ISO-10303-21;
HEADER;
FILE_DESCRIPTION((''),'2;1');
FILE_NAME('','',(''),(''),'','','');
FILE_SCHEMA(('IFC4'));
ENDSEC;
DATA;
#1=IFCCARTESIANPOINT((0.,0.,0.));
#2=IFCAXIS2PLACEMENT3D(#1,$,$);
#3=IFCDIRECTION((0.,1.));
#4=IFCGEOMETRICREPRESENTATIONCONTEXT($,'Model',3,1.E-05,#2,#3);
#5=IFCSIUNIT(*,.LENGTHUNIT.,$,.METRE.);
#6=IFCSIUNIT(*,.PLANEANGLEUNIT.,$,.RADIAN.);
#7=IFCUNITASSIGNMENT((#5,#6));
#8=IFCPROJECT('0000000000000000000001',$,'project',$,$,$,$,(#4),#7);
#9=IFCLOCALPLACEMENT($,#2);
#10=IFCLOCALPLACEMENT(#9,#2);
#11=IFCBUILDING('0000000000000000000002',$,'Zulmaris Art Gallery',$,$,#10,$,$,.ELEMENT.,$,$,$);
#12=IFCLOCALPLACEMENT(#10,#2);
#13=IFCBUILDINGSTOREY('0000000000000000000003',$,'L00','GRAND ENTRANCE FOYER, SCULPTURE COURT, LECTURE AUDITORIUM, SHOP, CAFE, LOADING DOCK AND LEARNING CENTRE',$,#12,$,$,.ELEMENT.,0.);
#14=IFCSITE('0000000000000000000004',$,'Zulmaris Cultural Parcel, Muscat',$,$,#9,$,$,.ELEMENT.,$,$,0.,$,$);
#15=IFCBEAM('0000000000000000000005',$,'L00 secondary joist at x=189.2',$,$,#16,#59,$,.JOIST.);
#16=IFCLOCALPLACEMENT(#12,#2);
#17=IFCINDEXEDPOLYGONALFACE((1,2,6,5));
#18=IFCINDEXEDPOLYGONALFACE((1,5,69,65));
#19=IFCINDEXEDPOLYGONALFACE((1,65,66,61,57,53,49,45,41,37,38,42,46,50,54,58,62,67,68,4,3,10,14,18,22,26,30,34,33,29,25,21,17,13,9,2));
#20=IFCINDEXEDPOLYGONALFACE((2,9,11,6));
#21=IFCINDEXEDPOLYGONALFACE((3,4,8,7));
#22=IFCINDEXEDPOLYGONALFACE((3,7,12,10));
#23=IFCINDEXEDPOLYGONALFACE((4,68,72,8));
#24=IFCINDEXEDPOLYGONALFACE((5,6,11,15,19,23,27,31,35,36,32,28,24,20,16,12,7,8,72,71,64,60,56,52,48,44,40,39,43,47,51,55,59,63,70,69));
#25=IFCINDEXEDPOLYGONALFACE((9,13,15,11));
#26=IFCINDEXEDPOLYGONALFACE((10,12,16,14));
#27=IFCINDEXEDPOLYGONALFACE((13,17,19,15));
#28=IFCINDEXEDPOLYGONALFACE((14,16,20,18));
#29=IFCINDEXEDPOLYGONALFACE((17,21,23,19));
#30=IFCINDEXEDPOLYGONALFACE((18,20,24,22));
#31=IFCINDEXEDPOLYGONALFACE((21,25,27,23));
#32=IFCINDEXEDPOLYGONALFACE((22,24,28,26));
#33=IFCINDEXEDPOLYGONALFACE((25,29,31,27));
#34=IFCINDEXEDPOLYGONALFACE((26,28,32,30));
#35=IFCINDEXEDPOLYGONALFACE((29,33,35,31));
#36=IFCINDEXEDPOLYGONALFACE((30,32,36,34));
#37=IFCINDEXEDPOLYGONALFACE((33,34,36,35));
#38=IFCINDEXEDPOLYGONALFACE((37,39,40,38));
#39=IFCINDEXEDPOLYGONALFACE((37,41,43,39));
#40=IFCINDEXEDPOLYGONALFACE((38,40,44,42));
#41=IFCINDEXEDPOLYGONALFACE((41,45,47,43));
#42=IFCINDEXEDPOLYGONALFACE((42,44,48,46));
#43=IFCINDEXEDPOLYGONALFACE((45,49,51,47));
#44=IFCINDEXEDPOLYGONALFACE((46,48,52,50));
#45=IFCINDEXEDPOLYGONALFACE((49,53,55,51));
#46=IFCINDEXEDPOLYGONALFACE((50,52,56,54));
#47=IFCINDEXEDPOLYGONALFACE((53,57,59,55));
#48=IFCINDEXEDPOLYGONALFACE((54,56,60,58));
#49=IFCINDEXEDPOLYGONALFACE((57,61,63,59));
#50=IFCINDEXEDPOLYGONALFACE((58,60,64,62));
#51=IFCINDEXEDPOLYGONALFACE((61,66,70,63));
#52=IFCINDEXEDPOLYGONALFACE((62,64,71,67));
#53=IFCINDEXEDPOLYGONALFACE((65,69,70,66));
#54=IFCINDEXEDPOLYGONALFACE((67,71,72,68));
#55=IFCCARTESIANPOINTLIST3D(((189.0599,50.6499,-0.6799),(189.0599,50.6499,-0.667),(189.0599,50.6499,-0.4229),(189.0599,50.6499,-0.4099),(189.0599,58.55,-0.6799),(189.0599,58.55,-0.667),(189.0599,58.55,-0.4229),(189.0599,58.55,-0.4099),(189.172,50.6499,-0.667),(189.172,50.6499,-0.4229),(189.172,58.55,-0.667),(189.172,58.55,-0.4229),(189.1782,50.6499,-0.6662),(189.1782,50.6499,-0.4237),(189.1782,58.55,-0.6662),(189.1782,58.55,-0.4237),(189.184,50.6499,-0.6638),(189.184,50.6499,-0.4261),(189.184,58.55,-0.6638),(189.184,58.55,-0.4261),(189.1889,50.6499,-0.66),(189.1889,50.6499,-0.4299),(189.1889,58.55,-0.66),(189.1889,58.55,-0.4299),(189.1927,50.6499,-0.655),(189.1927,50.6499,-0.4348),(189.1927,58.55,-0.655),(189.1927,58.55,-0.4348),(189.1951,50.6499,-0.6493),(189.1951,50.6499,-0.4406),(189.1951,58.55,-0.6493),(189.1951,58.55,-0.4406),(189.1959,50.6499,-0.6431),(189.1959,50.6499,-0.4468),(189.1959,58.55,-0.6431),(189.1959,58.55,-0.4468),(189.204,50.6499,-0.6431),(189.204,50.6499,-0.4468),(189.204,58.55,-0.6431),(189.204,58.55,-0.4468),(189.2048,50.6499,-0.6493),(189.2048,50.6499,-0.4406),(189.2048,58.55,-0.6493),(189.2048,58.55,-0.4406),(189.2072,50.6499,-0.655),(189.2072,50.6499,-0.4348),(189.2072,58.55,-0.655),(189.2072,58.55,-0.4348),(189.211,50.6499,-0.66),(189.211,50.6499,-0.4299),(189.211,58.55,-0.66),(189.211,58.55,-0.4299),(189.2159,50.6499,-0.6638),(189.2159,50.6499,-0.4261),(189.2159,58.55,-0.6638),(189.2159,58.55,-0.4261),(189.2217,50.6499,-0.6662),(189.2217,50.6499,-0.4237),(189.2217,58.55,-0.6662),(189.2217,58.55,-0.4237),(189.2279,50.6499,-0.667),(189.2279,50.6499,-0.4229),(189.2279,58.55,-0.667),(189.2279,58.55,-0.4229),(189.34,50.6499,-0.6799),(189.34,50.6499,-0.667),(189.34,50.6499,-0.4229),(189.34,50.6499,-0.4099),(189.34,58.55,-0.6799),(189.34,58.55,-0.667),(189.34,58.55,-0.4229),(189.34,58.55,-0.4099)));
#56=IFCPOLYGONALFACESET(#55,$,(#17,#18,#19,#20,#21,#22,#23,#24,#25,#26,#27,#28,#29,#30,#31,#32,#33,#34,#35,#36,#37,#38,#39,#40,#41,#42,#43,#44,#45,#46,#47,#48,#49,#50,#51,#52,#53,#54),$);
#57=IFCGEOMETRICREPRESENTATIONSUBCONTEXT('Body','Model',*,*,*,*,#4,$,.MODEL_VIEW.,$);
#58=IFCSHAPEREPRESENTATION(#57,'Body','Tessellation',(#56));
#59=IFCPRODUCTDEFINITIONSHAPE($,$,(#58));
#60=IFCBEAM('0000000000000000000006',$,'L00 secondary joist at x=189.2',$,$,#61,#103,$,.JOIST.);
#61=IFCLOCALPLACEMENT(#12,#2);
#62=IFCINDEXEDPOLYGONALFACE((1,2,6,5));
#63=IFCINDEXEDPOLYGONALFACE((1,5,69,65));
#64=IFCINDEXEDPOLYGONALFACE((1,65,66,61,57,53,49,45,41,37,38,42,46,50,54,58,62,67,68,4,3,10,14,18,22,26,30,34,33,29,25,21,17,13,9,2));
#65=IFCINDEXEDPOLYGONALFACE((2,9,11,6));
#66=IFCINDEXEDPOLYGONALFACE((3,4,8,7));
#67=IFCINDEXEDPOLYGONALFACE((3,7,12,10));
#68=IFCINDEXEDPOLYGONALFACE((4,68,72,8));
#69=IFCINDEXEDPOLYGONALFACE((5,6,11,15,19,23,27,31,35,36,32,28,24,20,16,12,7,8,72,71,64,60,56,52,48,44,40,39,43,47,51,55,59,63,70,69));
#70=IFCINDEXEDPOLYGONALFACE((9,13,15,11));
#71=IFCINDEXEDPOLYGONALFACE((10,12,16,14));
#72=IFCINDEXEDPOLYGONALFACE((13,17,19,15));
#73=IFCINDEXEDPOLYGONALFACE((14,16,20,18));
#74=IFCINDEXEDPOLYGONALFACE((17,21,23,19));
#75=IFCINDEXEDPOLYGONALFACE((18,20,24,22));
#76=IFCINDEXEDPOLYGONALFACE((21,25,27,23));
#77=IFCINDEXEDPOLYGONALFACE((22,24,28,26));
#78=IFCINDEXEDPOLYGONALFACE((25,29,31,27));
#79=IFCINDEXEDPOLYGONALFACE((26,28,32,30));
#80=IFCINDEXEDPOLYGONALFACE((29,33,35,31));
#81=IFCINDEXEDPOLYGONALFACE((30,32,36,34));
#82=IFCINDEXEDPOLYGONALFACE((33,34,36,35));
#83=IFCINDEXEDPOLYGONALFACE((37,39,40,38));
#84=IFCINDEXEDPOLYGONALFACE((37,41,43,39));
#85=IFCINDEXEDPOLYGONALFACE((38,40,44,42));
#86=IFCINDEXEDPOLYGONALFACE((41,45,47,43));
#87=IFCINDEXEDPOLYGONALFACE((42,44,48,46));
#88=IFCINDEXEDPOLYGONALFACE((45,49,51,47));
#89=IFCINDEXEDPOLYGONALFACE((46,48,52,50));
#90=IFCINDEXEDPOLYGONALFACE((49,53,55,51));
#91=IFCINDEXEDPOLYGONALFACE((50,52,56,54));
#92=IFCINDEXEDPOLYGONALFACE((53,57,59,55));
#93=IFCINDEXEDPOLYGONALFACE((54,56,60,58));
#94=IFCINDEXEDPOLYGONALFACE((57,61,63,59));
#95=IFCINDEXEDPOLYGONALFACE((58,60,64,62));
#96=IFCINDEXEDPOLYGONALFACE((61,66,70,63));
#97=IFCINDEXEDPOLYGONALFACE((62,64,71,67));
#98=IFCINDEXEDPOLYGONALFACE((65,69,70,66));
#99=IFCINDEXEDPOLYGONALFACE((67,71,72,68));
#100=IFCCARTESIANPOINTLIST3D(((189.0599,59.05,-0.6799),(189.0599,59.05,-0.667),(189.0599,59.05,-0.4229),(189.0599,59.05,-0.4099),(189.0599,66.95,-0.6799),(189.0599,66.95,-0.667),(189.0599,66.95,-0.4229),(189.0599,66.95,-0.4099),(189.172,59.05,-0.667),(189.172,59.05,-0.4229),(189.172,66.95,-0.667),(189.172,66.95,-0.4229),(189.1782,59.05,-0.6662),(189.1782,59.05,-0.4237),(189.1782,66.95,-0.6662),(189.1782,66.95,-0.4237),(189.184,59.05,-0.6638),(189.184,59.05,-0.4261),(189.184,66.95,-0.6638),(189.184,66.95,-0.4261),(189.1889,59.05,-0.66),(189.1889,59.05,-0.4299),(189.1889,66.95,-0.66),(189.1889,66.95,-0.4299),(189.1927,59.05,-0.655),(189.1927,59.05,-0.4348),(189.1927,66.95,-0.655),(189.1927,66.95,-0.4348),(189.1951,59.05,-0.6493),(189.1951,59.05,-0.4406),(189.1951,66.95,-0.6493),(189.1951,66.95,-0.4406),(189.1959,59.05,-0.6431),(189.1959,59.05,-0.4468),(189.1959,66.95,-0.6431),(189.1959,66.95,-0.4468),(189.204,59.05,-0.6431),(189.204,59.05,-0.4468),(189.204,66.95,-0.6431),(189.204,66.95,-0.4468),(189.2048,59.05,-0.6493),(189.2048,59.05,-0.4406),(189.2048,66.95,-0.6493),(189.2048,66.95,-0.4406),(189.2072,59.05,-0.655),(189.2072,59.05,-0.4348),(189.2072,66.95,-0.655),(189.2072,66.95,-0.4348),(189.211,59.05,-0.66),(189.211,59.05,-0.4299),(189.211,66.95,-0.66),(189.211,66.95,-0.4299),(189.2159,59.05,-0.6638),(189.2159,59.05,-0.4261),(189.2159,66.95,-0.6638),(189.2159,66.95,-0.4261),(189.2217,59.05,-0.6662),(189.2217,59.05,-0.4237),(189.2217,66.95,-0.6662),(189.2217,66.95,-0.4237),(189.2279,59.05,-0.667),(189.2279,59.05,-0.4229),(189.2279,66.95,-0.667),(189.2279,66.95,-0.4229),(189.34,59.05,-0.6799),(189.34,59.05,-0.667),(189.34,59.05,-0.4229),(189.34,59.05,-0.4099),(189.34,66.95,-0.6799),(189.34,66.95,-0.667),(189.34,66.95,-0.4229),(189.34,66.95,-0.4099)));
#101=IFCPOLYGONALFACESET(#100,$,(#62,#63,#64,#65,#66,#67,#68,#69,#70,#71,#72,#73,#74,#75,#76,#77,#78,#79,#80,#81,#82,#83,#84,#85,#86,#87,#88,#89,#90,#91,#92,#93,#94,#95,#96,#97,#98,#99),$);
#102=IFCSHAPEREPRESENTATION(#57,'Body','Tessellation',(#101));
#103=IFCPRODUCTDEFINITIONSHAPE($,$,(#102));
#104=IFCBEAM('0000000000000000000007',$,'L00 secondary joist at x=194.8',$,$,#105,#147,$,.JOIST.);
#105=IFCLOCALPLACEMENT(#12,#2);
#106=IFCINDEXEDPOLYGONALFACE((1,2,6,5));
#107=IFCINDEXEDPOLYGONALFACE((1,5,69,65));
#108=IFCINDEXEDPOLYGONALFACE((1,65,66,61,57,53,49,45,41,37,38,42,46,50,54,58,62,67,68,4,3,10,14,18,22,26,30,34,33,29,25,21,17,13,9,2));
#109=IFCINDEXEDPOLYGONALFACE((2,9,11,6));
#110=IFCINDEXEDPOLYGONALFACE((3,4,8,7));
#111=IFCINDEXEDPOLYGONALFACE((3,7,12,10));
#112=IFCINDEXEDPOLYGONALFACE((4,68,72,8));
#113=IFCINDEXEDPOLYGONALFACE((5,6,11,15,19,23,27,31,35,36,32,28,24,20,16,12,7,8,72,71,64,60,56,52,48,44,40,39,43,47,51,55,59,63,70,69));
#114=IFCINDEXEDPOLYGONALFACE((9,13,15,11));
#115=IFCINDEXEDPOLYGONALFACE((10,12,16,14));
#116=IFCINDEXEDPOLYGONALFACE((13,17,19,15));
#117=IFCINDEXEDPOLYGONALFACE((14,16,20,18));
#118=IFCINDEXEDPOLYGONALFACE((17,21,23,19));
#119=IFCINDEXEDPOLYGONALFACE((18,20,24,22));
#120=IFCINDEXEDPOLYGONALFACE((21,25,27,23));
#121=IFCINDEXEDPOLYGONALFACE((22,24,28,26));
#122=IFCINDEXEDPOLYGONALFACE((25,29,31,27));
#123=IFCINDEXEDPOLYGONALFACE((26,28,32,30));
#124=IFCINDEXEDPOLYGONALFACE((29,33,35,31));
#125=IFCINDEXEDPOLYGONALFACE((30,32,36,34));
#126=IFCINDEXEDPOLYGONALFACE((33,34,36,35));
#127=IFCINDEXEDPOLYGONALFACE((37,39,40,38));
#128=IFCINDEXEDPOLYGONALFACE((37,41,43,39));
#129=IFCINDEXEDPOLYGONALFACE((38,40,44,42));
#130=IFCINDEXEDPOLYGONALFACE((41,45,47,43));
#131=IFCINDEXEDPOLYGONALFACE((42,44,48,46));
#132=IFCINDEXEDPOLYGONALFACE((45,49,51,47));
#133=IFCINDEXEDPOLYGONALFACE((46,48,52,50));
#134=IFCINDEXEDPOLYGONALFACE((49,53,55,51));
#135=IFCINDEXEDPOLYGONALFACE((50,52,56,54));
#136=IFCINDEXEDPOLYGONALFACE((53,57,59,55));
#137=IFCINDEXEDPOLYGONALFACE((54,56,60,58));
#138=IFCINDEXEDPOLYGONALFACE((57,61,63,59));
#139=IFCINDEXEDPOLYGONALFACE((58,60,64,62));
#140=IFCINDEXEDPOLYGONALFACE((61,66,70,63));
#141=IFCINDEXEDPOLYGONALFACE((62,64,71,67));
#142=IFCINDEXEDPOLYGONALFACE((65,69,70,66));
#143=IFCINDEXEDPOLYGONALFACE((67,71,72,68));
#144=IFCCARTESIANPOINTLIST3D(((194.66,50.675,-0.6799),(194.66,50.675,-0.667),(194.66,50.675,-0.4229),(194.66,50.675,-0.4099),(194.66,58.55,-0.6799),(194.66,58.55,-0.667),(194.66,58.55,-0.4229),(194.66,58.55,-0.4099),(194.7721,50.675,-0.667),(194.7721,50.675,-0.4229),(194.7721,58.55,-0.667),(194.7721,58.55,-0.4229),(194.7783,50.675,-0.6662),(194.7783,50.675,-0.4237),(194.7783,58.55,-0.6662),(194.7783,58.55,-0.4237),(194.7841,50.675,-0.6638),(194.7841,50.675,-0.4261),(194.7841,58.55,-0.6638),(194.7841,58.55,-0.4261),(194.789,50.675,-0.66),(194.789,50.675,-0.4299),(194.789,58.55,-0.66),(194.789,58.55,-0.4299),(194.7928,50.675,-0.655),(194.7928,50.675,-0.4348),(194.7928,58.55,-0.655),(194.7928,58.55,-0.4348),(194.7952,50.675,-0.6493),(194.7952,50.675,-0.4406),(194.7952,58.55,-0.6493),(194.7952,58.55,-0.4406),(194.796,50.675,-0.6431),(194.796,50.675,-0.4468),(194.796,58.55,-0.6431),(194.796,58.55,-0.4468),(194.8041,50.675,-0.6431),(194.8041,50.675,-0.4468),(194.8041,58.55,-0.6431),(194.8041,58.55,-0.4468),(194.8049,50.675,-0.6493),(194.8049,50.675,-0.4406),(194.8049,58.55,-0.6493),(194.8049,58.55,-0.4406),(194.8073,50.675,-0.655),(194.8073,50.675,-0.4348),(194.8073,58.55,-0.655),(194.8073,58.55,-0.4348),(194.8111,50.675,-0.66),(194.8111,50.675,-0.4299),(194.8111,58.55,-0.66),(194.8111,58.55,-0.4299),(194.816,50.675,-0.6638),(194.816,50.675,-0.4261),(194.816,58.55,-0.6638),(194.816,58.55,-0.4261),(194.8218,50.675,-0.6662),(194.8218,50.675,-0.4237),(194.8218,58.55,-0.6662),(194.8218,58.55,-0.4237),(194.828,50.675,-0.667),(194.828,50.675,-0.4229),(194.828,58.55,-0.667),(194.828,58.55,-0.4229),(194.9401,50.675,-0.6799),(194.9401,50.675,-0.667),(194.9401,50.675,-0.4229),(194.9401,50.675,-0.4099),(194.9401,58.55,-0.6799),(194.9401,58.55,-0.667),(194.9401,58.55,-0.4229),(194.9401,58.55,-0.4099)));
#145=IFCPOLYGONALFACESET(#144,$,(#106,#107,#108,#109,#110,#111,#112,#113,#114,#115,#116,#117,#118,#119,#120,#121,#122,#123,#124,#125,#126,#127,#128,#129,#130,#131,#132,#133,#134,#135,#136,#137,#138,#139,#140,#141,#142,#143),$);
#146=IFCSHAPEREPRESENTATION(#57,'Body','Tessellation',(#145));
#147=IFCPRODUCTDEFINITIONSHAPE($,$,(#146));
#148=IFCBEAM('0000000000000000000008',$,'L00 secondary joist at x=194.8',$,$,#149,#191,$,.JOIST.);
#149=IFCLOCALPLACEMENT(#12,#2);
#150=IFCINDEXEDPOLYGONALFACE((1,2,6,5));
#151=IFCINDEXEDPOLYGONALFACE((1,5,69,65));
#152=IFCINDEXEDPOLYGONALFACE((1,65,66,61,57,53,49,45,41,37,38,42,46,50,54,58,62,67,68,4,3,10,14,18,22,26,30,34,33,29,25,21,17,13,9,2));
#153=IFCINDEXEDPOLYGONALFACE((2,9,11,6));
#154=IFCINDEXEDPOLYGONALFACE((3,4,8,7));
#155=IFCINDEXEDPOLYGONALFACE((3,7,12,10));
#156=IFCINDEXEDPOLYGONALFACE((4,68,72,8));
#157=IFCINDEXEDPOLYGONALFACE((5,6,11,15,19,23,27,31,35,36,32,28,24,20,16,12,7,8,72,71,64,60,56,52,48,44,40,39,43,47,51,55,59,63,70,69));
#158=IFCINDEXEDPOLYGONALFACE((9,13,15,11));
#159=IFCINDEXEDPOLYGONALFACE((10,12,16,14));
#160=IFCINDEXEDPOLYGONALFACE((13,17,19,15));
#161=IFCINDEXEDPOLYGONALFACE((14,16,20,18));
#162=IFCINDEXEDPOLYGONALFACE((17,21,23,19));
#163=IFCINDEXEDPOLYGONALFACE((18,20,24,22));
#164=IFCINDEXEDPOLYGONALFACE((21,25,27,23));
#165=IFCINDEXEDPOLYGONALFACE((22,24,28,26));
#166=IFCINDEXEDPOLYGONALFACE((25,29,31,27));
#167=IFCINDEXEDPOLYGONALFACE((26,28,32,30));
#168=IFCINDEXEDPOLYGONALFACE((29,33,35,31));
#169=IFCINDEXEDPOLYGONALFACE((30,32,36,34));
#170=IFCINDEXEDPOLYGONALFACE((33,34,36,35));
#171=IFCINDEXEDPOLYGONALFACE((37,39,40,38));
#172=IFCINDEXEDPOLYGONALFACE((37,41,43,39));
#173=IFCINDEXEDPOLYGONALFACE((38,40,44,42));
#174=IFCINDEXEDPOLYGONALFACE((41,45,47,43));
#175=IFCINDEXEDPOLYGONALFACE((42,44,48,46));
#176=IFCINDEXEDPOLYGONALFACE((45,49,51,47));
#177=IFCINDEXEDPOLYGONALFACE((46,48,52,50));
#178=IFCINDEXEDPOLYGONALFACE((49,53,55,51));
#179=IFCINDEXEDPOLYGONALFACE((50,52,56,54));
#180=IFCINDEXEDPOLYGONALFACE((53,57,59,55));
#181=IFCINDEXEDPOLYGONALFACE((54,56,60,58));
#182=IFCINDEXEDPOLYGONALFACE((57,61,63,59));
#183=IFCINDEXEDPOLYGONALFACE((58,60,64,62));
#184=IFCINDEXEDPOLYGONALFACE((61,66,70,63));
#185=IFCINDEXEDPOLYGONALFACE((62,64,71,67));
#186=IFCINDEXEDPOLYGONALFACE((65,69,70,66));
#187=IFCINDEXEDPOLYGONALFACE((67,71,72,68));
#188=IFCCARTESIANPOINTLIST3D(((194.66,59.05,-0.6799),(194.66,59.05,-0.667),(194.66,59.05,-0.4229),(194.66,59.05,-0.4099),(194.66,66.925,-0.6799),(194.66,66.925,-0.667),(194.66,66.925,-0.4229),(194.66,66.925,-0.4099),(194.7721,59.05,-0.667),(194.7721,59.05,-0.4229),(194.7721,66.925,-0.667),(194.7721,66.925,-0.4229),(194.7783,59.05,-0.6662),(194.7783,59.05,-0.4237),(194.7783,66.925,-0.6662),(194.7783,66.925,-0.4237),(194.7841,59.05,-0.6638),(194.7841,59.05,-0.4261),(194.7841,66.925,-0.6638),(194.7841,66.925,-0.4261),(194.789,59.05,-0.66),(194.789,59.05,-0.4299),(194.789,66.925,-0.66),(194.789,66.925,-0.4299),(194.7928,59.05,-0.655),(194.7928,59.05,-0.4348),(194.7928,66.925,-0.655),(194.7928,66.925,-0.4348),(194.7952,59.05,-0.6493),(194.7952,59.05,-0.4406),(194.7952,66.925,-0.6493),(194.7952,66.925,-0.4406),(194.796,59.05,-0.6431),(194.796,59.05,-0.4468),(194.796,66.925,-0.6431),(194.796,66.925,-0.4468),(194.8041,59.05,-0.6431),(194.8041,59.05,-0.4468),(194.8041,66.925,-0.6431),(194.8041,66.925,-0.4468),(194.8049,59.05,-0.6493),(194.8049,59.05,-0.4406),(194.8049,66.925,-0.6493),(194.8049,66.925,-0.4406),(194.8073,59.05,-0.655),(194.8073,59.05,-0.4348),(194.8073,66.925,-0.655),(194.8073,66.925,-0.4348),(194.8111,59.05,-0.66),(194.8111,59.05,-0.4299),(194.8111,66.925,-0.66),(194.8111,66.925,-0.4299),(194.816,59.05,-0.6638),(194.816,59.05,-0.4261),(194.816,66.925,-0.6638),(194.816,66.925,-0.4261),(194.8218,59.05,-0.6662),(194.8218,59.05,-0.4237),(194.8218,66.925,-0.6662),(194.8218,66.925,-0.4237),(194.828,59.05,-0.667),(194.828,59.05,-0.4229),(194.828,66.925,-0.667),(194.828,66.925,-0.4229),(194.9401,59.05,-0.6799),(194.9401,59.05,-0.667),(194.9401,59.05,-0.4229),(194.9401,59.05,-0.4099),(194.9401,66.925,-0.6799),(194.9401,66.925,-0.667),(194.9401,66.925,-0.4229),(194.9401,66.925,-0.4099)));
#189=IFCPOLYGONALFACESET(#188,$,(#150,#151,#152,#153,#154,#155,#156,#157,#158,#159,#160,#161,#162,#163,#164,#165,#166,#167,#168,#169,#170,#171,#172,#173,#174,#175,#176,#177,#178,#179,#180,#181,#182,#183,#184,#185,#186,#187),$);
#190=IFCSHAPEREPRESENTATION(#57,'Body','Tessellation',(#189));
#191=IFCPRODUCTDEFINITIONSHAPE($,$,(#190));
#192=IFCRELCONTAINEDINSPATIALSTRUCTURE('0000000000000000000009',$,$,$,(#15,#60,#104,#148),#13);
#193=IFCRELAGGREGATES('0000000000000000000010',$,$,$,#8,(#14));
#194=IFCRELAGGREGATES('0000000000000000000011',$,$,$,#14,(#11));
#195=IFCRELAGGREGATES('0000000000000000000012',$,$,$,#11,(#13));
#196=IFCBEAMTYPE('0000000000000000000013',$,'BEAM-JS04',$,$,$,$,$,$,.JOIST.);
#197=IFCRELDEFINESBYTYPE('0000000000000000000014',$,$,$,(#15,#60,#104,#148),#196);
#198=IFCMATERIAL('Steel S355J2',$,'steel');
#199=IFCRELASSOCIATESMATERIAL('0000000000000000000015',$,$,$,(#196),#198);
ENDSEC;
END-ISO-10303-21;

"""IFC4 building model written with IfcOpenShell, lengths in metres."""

from ifc_helpers import new_model, si_unit, direction, frame, origin, origin_2d, place, context, subcontext, project, spatial, i_section, extrude, material, material_profile, profile_set, type_object, element, save


model = new_model("IFC4")

# Units and contexts
model_context = context("Model", 3, precision=1e-05, world=origin(), true_north=direction((0.0, 1.0)))
body_context = subcontext(model_context, "Body", "Model", "MODEL_VIEW")
ifc_project = project(units=[si_unit("LENGTHUNIT", "METRE"), si_unit("PLANEANGLEUNIT", "RADIAN")], contexts=[model_context])

# Site, building, storey
site_placement = place(None, origin())
site = spatial("IfcSite", under=ifc_project, at=site_placement, Name="Zulmaris Cultural Parcel, Muscat", CompositionType="ELEMENT", RefElevation=0.0)
building_placement = place(site_placement, origin())
building = spatial("IfcBuilding", under=site, at=building_placement, Name="Zulmaris Art Gallery", CompositionType="ELEMENT")
storey_placement = place(building_placement, origin())
storey = spatial("IfcBuildingStorey", under=building, at=storey_placement, Name="L00", Description="GRAND ENTRANCE FOYER, SCULPTURE COURT, LECTURE AUDITORIUM, SHOP, CAFE, LOADING DOCK AND LEARNING CENTRE", CompositionType="ELEMENT", Elevation=0.0)

# Beams
ifc_material_1 = material(Name="Steel S355J2", Category="steel")
ifc_material_profile_1 = material_profile(ifc_material_1, i_section(OverallWidth=0.28, OverallDepth=0.27, WebThickness=0.0081, FlangeThickness=0.0129, FilletRadius=0.0239, at=origin_2d()), Name="HEA 280")
ifc_profile_set_1 = profile_set([ifc_material_profile_1], Name="Steel S355J2")
beam_type_1 = type_object("IfcBeamType", Name="BEAM-JS04", PredefinedType="JOIST", material=ifc_profile_set_1)
beam_1_placement = place(storey_placement, frame((189.2, 50.6499, -0.5449), z_axis=(0.0, 1.0, 0.0), x_axis=(-1.0, 0.0, 0.0)))
element("IfcBeam", 1, at=beam_1_placement, inside=storey, type_object=beam_type_1, Name="L00 secondary joist at x=189.2", PredefinedType="JOIST", context=body_context, shape_type="SweptSolid", body=[
    extrude(i_section(OverallWidth=0.28, OverallDepth=0.27, WebThickness=0.0081, FlangeThickness=0.0129, FilletRadius=0.0239, at=origin_2d()), origin(), (0.0, 0.0, 1.0), 7.9001),
])
beam_2_placement = place(storey_placement, frame((189.2, 59.05, -0.5449), z_axis=(0.0, 1.0, 0.0), x_axis=(-1.0, 0.0, 0.0)))
element("IfcBeam", 2, at=beam_2_placement, inside=storey, type_object=beam_type_1, Name="L00 secondary joist at x=189.2", PredefinedType="JOIST", context=body_context, shape_type="SweptSolid", body=[
    extrude(i_section(OverallWidth=0.28, OverallDepth=0.27, WebThickness=0.0081, FlangeThickness=0.0129, FilletRadius=0.0239, at=origin_2d()), origin(), (0.0, 0.0, 1.0), 7.8999),
])
for number, where, z_axis, x_axis, name in (
    (3, (194.8, 50.675, -0.5449), (0.0, 1.0, 0.0), (-1.0, 0.0, 0.0), "L00 secondary joist at x=194.8"),
    (4, (194.8, 59.05, -0.5449), (0.0, 1.0, 0.0), (-1.0, 0.0, 0.0), "L00 secondary joist at x=194.8"),
):
    element("IfcBeam", number, at=place(storey_placement, frame(where, z_axis=z_axis, x_axis=x_axis)), inside=storey, type_object=beam_type_1, Name=name, PredefinedType="JOIST", context=body_context, shape_type="SweptSolid", body=[
        extrude(i_section(OverallWidth=0.28, OverallDepth=0.27, WebThickness=0.0081, FlangeThickness=0.0129, FilletRadius=0.0239, at=origin_2d()), origin(), (0.0, 0.0, 1.0), 7.875),
    ])

save(model, "model.ifc")
